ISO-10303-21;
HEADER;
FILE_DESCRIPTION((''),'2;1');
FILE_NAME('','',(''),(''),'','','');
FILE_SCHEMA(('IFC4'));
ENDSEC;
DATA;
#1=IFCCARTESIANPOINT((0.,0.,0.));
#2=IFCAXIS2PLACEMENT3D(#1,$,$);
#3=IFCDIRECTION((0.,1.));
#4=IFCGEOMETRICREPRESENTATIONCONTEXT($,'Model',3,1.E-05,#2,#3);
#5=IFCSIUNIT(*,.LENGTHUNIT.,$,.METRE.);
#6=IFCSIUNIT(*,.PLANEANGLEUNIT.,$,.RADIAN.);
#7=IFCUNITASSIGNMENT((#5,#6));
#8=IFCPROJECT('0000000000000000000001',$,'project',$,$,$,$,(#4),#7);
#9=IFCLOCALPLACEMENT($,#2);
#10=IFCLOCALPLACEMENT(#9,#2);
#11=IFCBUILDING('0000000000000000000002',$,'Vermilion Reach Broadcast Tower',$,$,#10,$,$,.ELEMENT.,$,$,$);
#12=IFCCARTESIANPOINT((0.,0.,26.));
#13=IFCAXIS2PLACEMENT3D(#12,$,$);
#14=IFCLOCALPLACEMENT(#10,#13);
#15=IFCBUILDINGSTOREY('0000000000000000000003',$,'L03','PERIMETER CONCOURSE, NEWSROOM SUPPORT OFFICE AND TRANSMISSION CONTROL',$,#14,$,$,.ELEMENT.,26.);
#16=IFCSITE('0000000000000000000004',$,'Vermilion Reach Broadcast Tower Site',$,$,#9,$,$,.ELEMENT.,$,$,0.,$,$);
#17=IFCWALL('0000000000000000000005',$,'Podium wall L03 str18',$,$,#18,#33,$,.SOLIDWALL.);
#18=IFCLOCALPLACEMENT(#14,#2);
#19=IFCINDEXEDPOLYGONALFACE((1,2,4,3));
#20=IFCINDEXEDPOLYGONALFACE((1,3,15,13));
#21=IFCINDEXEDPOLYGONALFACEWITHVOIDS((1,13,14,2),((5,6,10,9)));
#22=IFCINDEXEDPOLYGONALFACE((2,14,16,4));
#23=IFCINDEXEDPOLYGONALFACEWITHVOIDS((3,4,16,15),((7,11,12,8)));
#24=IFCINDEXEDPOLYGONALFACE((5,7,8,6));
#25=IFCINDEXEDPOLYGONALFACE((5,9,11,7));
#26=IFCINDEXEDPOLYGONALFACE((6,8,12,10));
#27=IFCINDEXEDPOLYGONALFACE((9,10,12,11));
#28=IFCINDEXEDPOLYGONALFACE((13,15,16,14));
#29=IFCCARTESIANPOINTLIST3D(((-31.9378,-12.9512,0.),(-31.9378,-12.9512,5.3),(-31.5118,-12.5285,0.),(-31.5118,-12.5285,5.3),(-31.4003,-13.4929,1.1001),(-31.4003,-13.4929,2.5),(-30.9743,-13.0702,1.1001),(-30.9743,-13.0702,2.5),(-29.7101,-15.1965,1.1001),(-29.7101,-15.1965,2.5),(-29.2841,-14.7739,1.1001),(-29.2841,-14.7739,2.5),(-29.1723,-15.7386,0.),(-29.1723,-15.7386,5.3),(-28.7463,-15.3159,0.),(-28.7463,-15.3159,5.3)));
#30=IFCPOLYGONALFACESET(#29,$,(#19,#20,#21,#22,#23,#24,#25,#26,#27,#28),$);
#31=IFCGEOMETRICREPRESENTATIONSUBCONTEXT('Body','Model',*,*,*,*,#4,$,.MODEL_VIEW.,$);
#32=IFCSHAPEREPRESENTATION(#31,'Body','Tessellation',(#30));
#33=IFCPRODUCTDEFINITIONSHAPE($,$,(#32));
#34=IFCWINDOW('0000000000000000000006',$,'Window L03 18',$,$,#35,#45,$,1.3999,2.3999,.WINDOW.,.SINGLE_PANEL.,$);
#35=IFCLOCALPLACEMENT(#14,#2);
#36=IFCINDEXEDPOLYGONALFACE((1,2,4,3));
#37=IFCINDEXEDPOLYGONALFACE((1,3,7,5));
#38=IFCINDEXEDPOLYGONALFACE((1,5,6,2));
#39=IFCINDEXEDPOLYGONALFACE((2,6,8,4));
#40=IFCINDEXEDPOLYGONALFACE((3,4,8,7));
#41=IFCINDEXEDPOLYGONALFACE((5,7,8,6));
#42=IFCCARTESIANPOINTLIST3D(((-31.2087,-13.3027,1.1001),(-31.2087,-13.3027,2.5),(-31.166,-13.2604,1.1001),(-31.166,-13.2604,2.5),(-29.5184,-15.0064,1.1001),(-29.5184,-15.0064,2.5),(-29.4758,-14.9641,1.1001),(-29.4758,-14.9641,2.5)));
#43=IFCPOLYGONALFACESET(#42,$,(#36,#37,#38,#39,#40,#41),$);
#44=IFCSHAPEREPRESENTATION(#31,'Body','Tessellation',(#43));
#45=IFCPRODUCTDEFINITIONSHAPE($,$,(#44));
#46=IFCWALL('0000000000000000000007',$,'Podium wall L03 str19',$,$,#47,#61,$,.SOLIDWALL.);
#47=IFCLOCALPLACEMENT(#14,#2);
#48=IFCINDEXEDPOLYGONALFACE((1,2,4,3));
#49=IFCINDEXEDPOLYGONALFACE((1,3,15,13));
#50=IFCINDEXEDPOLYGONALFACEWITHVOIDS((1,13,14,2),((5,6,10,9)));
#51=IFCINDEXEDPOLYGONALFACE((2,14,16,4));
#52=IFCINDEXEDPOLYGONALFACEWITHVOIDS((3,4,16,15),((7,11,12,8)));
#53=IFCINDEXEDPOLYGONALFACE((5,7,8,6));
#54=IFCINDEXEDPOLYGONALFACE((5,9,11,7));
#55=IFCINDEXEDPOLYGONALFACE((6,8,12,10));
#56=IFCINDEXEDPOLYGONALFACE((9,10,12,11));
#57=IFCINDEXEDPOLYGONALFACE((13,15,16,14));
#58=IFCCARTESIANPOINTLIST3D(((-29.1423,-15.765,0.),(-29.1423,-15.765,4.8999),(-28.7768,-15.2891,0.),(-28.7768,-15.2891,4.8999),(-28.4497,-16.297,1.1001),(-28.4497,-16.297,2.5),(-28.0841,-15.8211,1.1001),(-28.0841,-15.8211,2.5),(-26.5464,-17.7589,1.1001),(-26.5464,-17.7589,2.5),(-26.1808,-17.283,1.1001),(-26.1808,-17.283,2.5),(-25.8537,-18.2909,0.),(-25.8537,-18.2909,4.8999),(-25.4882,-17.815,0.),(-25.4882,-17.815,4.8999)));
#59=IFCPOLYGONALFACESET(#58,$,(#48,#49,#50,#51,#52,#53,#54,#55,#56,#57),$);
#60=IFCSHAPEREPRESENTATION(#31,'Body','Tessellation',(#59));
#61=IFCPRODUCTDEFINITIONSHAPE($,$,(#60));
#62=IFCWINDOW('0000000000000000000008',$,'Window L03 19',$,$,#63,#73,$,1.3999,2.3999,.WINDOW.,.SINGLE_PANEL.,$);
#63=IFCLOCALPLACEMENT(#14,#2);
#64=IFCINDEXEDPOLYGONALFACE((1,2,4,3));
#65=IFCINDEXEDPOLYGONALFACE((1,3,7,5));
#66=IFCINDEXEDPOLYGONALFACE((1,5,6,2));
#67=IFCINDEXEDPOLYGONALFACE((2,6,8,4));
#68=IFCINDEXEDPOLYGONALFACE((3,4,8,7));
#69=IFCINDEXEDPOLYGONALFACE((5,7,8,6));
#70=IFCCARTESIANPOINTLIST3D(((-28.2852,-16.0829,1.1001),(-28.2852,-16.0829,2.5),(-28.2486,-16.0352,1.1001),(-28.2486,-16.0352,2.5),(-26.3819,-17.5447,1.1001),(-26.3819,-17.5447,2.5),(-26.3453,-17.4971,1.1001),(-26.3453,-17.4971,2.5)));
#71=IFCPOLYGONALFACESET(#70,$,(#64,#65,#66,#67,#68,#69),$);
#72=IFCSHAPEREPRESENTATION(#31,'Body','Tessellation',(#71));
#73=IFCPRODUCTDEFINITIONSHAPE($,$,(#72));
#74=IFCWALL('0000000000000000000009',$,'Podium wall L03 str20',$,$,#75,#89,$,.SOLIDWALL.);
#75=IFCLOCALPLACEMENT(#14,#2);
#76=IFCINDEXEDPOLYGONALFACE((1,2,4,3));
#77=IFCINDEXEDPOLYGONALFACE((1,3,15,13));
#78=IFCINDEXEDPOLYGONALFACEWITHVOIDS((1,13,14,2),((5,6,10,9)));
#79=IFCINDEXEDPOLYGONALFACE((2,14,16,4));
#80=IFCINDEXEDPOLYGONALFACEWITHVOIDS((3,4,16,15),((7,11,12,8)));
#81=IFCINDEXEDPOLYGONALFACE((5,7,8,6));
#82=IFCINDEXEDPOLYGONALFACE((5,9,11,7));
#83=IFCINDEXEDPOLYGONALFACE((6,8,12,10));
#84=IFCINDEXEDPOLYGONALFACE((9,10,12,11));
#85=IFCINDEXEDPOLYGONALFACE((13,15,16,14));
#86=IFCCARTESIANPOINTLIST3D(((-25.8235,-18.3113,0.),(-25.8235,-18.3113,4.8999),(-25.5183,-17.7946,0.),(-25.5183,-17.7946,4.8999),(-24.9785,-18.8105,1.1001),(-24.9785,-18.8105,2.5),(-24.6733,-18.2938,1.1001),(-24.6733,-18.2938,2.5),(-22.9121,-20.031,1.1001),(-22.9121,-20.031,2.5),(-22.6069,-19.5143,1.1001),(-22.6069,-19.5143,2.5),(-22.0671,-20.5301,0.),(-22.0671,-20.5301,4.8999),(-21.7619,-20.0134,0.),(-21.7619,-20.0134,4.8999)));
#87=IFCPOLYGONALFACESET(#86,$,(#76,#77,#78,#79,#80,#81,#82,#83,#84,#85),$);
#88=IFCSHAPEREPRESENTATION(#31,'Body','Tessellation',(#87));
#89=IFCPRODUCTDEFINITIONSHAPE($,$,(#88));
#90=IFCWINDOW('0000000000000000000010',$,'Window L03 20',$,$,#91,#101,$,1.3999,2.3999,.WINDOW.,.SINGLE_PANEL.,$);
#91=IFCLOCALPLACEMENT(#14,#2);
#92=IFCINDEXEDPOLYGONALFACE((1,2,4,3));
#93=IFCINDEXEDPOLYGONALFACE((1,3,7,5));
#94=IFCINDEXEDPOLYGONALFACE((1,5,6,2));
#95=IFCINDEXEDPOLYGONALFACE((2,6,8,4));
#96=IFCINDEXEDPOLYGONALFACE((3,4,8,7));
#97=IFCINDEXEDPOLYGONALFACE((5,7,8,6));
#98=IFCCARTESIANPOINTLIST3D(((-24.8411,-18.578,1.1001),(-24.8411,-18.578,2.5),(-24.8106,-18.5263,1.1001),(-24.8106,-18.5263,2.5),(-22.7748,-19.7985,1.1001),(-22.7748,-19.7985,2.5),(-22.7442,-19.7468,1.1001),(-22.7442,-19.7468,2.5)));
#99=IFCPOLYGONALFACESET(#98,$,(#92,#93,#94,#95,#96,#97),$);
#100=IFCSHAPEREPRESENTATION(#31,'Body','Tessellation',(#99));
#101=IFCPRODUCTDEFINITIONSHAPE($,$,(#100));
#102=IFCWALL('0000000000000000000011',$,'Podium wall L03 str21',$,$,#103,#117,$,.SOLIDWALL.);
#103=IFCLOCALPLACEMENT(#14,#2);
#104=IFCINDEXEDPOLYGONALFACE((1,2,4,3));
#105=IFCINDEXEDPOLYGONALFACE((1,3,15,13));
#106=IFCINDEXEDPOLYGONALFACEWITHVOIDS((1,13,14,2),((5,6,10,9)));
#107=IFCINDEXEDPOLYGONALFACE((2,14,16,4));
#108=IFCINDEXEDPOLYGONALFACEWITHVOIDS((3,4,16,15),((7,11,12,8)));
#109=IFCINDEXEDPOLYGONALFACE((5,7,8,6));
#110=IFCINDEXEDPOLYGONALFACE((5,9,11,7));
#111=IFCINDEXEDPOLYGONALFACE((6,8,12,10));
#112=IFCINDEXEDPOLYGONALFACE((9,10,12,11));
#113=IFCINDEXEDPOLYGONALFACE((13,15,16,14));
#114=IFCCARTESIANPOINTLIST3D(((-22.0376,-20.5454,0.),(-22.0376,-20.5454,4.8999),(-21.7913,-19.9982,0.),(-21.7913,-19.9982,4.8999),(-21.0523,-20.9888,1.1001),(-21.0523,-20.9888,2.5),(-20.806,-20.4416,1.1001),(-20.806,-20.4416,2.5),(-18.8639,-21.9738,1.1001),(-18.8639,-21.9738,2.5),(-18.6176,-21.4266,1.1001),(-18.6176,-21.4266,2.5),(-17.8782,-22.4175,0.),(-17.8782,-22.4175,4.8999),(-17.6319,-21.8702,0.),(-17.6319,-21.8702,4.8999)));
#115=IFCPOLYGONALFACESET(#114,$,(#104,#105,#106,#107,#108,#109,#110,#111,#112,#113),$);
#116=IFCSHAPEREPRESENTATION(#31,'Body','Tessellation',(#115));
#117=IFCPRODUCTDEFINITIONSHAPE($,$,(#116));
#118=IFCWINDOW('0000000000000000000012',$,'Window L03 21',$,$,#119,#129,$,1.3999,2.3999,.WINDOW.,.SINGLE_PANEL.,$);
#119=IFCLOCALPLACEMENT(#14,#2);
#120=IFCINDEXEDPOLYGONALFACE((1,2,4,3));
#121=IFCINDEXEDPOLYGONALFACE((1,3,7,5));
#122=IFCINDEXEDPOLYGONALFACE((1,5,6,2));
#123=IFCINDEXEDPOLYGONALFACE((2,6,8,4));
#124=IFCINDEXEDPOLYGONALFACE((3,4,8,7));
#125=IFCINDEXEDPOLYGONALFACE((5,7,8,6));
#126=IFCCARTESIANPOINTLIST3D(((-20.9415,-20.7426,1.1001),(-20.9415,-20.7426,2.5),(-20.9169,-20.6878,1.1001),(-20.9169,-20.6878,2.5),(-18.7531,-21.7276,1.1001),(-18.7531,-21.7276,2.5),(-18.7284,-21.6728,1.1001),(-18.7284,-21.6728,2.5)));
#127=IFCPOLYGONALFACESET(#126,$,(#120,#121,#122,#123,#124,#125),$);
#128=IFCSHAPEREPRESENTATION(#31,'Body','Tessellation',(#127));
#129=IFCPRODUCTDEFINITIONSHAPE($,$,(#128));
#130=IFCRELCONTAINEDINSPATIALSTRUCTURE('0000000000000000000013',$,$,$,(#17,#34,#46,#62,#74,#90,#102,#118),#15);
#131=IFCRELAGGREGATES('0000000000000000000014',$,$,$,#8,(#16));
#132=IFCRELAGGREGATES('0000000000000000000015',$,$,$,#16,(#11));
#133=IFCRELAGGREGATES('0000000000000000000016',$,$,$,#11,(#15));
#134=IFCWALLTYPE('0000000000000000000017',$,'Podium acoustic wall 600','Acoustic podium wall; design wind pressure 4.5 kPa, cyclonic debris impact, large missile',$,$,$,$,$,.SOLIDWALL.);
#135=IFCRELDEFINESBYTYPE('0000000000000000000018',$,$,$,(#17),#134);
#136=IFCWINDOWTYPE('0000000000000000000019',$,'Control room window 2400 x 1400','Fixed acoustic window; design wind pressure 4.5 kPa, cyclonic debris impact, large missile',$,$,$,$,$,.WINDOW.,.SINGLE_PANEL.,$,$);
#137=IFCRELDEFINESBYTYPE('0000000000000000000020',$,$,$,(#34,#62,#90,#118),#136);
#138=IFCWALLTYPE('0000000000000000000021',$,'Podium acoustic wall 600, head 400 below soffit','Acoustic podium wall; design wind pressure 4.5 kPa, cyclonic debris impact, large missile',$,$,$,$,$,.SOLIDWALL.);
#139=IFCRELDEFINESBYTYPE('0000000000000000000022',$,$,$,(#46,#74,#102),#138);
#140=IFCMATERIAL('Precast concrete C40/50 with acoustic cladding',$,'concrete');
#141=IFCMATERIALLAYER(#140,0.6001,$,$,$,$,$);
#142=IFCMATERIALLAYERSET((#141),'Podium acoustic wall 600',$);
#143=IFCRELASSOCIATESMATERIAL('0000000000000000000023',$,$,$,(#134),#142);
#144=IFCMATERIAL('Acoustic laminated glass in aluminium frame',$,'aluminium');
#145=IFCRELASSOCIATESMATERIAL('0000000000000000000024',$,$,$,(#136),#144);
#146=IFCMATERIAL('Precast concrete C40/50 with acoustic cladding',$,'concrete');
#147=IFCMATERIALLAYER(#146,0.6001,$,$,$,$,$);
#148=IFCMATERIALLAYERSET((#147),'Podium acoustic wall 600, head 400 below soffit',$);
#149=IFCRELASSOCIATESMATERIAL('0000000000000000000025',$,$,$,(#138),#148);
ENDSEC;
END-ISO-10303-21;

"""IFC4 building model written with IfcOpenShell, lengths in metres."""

from ifc_helpers import new_model, si_unit, direction, frame, frame_2d, origin, place, context, subcontext, project, spatial, rectangle, extrude, material, layer, layer_set, type_object, element, fill, save


model = new_model("IFC4")

# Units and contexts
model_context = context("Model", 3, precision=1e-05, world=origin(), true_north=direction((0.0, 1.0)))
body_context = subcontext(model_context, "Body", "Model", "MODEL_VIEW")
ifc_project = project(units=[si_unit("LENGTHUNIT", "METRE"), si_unit("PLANEANGLEUNIT", "RADIAN")], contexts=[model_context])

# Site, building, storey
site_placement = place(None, origin())
site = spatial("IfcSite", under=ifc_project, at=site_placement, Name="Vermilion Reach Broadcast Tower Site", CompositionType="ELEMENT", RefElevation=0.0)
building_placement = place(site_placement, origin())
building = spatial("IfcBuilding", under=site, at=building_placement, Name="Vermilion Reach Broadcast Tower", CompositionType="ELEMENT")
storey_placement = place(building_placement, frame((0.0, 0.0, 26.0)))
storey = spatial("IfcBuildingStorey", under=building, at=storey_placement, Name="L03", Description="PERIMETER CONCOURSE, NEWSROOM SUPPORT OFFICE AND TRANSMISSION CONTROL", CompositionType="ELEMENT", Elevation=26.0)

# Walls, openings, windows
ifc_material_1 = material(Name="Precast concrete C40/50 with acoustic cladding", Category="concrete")
ifc_layer_1 = layer(ifc_material_1, 0.6001)
ifc_layer_set_1 = layer_set([ifc_layer_1], Name="Podium acoustic wall 600")
wall_type_1 = type_object("IfcWallType", Name="Podium acoustic wall 600", Description="Acoustic podium wall; design wind pressure 4.5 kPa, cyclonic debris impact, large missile", PredefinedType="SOLIDWALL", material=ifc_layer_set_1)
ifc_material_2 = material(Name="Acoustic laminated glass in aluminium frame", Category="aluminium")
window_type = type_object("IfcWindowType", Name="Control room window 2400 x 1400", Description="Fixed acoustic window; design wind pressure 4.5 kPa, cyclonic debris impact, large missile", PartitioningType="SINGLE_PANEL", PredefinedType="WINDOW", material=ifc_material_2)
wall_1_placement = place(storey_placement, frame((-31.7249, -12.7397, 0.0), z_axis=(0.0, 0.0, 1.0), x_axis=(0.704303, -0.709899, 0.0)))
wall_1 = element("IfcWall", 1, at=wall_1_placement, inside=storey, type_object=wall_type_1, Name="Podium wall L03 str18", PredefinedType="SOLIDWALL", context=body_context, shape_type="SweptSolid", body=[
    extrude(rectangle(XDim=3.9265, YDim=0.6001, at=frame_2d((1.9634, 0.0))), origin(), (0.0, 0.0, 1.0), 5.3),
])
opening_1_placement = place(wall_1_placement, frame((0.7632, 0.0, 1.1001)))
opening_1 = element("IfcOpeningElement", 2, at=opening_1_placement, cuts=wall_1, PredefinedType="OPENING", context=body_context, shape_type="SweptSolid", body=[
    extrude(rectangle(XDim=2.3999, YDim=1.3999, at=frame_2d((1.2, 0.7))), frame((0.0, 0.3101, 0.0), z_axis=(0.0, -1.0, 0.0), x_axis=(1.0, 0.0, 0.0)), (0.0, 0.0, 1.0), 0.6201),
])
window_1_placement = place(opening_1_placement, origin())
window_1 = element("IfcWindow", 3, at=window_1_placement, inside=storey, type_object=window_type, Name="Window L03 18", OverallHeight=1.3999, OverallWidth=2.3999, PartitioningType="SINGLE_PANEL", PredefinedType="WINDOW", context=body_context, shape_type="SweptSolid", body=[
    extrude(rectangle(XDim=2.3999, YDim=1.3999, at=frame_2d((1.2, 0.7))), frame((0.0, 0.03, 0.0), z_axis=(0.0, -1.0, 0.0), x_axis=(1.0, 0.0, 0.0)), (0.0, 0.0, 1.0), 0.0601),
])
fill(opening_1, window_1)
ifc_material_3 = material(Name="Precast concrete C40/50 with acoustic cladding", Category="concrete")
ifc_layer_2 = layer(ifc_material_3, 0.6001)
ifc_layer_set_2 = layer_set([ifc_layer_2], Name="Podium acoustic wall 600, head 400 below soffit")
wall_type_2 = type_object("IfcWallType", Name="Podium acoustic wall 600, head 400 below soffit", Description="Acoustic podium wall; design wind pressure 4.5 kPa, cyclonic debris impact, large missile", PredefinedType="SOLIDWALL", material=ifc_layer_set_2)
wall_2_placement = place(storey_placement, frame((-28.9595, -15.5271, 0.0), z_axis=(0.0, 0.0, 1.0), x_axis=(0.793066, -0.609136, 0.0)))
wall_2 = element("IfcWall", 4, at=wall_2_placement, inside=storey, type_object=wall_type_2, Name="Podium wall L03 str19", PredefinedType="SOLIDWALL", context=body_context, shape_type="SweptSolid", body=[
    extrude(rectangle(XDim=4.1467, YDim=0.6001, at=frame_2d((2.0732, 0.0))), origin(), (0.0, 0.0, 1.0), 4.8999),
])
opening_2_placement = place(wall_2_placement, frame((0.8733, 0.0, 1.1001)))
opening_2 = element("IfcOpeningElement", 5, at=opening_2_placement, cuts=wall_2, PredefinedType="OPENING", context=body_context, shape_type="SweptSolid", body=[
    extrude(rectangle(XDim=2.3999, YDim=1.3999, at=frame_2d((1.2, 0.7))), frame((0.0, 0.3101, 0.0), z_axis=(0.0, -1.0, 0.0), x_axis=(1.0, 0.0, 0.0)), (0.0, 0.0, 1.0), 0.6201),
])
window_2_placement = place(opening_2_placement, origin())
window_2 = element("IfcWindow", 6, at=window_2_placement, inside=storey, type_object=window_type, Name="Window L03 19", OverallHeight=1.3999, OverallWidth=2.3999, PartitioningType="SINGLE_PANEL", PredefinedType="WINDOW", context=body_context, shape_type="SweptSolid", body=[
    extrude(rectangle(XDim=2.3999, YDim=1.3999, at=frame_2d((1.2, 0.7))), frame((0.0, 0.03, 0.0), z_axis=(0.0, -1.0, 0.0), x_axis=(1.0, 0.0, 0.0)), (0.0, 0.0, 1.0), 0.0601),
])
fill(opening_2, window_2)
wall_3_placement = place(storey_placement, frame((-25.6709, -18.053, 0.0), z_axis=(0.0, 0.0, 1.0), x_axis=(0.861018, -0.508575, 0.0)))
wall_3 = element("IfcWall", 7, at=wall_3_placement, inside=storey, type_object=wall_type_2, Name="Podium wall L03 str20", PredefinedType="SOLIDWALL", context=body_context, shape_type="SweptSolid", body=[
    extrude(rectangle(XDim=4.3628, YDim=0.6001, at=frame_2d((2.1814, 0.0))), origin(), (0.0, 0.0, 1.0), 4.8999),
])
opening_3_placement = place(wall_3_placement, frame((0.9814, 0.0, 1.1001)))
opening_3 = element("IfcOpeningElement", 8, at=opening_3_placement, cuts=wall_3, PredefinedType="OPENING", context=body_context, shape_type="SweptSolid", body=[
    extrude(rectangle(XDim=2.3999, YDim=1.3999, at=frame_2d((1.2, 0.7))), frame((0.0, 0.3101, 0.0), z_axis=(0.0, -1.0, 0.0), x_axis=(1.0, 0.0, 0.0)), (0.0, 0.0, 1.0), 0.6201),
])
window_3_placement = place(opening_3_placement, origin())
window_3 = element("IfcWindow", 9, at=window_3_placement, inside=storey, type_object=window_type, Name="Window L03 20", OverallHeight=1.3999, OverallWidth=2.3999, PartitioningType="SINGLE_PANEL", PredefinedType="WINDOW", context=body_context, shape_type="SweptSolid", body=[
    extrude(rectangle(XDim=2.3999, YDim=1.3999, at=frame_2d((1.2, 0.7))), frame((0.0, 0.03, 0.0), z_axis=(0.0, -1.0, 0.0), x_axis=(1.0, 0.0, 0.0)), (0.0, 0.0, 1.0), 0.0601),
])
fill(opening_3, window_3)
wall_4_placement = place(storey_placement, frame((-21.9146, -20.2717, 0.0), z_axis=(0.0, 0.0, 1.0), x_axis=(0.911894, -0.410425, 0.0)))
wall_4 = element("IfcWall", 10, at=wall_4_placement, inside=storey, type_object=wall_type_2, Name="Podium wall L03 str21", PredefinedType="SOLIDWALL", context=body_context, shape_type="SweptSolid", body=[
    extrude(rectangle(XDim=4.5613, YDim=0.6001, at=frame_2d((2.2808, 0.0))), origin(), (0.0, 0.0, 1.0), 4.8999),
])
opening_4_placement = place(wall_4_placement, frame((1.0806, 0.0, 1.1001)))
opening_4 = element("IfcOpeningElement", 11, at=opening_4_placement, cuts=wall_4, PredefinedType="OPENING", context=body_context, shape_type="SweptSolid", body=[
    extrude(rectangle(XDim=2.3999, YDim=1.3999, at=frame_2d((1.2, 0.7))), frame((0.0, 0.3101, 0.0), z_axis=(0.0, -1.0, 0.0), x_axis=(1.0, 0.0, 0.0)), (0.0, 0.0, 1.0), 0.6201),
])
window_4_placement = place(opening_4_placement, origin())
window_4 = element("IfcWindow", 12, at=window_4_placement, inside=storey, type_object=window_type, Name="Window L03 21", OverallHeight=1.3999, OverallWidth=2.3999, PartitioningType="SINGLE_PANEL", PredefinedType="WINDOW", context=body_context, shape_type="SweptSolid", body=[
    extrude(rectangle(XDim=2.3999, YDim=1.3999, at=frame_2d((1.2, 0.7))), frame((0.0, 0.03, 0.0), z_axis=(0.0, -1.0, 0.0), x_axis=(1.0, 0.0, 0.0)), (0.0, 0.0, 1.0), 0.0601),
])
fill(opening_4, window_4)

save(model, "model.ifc")
